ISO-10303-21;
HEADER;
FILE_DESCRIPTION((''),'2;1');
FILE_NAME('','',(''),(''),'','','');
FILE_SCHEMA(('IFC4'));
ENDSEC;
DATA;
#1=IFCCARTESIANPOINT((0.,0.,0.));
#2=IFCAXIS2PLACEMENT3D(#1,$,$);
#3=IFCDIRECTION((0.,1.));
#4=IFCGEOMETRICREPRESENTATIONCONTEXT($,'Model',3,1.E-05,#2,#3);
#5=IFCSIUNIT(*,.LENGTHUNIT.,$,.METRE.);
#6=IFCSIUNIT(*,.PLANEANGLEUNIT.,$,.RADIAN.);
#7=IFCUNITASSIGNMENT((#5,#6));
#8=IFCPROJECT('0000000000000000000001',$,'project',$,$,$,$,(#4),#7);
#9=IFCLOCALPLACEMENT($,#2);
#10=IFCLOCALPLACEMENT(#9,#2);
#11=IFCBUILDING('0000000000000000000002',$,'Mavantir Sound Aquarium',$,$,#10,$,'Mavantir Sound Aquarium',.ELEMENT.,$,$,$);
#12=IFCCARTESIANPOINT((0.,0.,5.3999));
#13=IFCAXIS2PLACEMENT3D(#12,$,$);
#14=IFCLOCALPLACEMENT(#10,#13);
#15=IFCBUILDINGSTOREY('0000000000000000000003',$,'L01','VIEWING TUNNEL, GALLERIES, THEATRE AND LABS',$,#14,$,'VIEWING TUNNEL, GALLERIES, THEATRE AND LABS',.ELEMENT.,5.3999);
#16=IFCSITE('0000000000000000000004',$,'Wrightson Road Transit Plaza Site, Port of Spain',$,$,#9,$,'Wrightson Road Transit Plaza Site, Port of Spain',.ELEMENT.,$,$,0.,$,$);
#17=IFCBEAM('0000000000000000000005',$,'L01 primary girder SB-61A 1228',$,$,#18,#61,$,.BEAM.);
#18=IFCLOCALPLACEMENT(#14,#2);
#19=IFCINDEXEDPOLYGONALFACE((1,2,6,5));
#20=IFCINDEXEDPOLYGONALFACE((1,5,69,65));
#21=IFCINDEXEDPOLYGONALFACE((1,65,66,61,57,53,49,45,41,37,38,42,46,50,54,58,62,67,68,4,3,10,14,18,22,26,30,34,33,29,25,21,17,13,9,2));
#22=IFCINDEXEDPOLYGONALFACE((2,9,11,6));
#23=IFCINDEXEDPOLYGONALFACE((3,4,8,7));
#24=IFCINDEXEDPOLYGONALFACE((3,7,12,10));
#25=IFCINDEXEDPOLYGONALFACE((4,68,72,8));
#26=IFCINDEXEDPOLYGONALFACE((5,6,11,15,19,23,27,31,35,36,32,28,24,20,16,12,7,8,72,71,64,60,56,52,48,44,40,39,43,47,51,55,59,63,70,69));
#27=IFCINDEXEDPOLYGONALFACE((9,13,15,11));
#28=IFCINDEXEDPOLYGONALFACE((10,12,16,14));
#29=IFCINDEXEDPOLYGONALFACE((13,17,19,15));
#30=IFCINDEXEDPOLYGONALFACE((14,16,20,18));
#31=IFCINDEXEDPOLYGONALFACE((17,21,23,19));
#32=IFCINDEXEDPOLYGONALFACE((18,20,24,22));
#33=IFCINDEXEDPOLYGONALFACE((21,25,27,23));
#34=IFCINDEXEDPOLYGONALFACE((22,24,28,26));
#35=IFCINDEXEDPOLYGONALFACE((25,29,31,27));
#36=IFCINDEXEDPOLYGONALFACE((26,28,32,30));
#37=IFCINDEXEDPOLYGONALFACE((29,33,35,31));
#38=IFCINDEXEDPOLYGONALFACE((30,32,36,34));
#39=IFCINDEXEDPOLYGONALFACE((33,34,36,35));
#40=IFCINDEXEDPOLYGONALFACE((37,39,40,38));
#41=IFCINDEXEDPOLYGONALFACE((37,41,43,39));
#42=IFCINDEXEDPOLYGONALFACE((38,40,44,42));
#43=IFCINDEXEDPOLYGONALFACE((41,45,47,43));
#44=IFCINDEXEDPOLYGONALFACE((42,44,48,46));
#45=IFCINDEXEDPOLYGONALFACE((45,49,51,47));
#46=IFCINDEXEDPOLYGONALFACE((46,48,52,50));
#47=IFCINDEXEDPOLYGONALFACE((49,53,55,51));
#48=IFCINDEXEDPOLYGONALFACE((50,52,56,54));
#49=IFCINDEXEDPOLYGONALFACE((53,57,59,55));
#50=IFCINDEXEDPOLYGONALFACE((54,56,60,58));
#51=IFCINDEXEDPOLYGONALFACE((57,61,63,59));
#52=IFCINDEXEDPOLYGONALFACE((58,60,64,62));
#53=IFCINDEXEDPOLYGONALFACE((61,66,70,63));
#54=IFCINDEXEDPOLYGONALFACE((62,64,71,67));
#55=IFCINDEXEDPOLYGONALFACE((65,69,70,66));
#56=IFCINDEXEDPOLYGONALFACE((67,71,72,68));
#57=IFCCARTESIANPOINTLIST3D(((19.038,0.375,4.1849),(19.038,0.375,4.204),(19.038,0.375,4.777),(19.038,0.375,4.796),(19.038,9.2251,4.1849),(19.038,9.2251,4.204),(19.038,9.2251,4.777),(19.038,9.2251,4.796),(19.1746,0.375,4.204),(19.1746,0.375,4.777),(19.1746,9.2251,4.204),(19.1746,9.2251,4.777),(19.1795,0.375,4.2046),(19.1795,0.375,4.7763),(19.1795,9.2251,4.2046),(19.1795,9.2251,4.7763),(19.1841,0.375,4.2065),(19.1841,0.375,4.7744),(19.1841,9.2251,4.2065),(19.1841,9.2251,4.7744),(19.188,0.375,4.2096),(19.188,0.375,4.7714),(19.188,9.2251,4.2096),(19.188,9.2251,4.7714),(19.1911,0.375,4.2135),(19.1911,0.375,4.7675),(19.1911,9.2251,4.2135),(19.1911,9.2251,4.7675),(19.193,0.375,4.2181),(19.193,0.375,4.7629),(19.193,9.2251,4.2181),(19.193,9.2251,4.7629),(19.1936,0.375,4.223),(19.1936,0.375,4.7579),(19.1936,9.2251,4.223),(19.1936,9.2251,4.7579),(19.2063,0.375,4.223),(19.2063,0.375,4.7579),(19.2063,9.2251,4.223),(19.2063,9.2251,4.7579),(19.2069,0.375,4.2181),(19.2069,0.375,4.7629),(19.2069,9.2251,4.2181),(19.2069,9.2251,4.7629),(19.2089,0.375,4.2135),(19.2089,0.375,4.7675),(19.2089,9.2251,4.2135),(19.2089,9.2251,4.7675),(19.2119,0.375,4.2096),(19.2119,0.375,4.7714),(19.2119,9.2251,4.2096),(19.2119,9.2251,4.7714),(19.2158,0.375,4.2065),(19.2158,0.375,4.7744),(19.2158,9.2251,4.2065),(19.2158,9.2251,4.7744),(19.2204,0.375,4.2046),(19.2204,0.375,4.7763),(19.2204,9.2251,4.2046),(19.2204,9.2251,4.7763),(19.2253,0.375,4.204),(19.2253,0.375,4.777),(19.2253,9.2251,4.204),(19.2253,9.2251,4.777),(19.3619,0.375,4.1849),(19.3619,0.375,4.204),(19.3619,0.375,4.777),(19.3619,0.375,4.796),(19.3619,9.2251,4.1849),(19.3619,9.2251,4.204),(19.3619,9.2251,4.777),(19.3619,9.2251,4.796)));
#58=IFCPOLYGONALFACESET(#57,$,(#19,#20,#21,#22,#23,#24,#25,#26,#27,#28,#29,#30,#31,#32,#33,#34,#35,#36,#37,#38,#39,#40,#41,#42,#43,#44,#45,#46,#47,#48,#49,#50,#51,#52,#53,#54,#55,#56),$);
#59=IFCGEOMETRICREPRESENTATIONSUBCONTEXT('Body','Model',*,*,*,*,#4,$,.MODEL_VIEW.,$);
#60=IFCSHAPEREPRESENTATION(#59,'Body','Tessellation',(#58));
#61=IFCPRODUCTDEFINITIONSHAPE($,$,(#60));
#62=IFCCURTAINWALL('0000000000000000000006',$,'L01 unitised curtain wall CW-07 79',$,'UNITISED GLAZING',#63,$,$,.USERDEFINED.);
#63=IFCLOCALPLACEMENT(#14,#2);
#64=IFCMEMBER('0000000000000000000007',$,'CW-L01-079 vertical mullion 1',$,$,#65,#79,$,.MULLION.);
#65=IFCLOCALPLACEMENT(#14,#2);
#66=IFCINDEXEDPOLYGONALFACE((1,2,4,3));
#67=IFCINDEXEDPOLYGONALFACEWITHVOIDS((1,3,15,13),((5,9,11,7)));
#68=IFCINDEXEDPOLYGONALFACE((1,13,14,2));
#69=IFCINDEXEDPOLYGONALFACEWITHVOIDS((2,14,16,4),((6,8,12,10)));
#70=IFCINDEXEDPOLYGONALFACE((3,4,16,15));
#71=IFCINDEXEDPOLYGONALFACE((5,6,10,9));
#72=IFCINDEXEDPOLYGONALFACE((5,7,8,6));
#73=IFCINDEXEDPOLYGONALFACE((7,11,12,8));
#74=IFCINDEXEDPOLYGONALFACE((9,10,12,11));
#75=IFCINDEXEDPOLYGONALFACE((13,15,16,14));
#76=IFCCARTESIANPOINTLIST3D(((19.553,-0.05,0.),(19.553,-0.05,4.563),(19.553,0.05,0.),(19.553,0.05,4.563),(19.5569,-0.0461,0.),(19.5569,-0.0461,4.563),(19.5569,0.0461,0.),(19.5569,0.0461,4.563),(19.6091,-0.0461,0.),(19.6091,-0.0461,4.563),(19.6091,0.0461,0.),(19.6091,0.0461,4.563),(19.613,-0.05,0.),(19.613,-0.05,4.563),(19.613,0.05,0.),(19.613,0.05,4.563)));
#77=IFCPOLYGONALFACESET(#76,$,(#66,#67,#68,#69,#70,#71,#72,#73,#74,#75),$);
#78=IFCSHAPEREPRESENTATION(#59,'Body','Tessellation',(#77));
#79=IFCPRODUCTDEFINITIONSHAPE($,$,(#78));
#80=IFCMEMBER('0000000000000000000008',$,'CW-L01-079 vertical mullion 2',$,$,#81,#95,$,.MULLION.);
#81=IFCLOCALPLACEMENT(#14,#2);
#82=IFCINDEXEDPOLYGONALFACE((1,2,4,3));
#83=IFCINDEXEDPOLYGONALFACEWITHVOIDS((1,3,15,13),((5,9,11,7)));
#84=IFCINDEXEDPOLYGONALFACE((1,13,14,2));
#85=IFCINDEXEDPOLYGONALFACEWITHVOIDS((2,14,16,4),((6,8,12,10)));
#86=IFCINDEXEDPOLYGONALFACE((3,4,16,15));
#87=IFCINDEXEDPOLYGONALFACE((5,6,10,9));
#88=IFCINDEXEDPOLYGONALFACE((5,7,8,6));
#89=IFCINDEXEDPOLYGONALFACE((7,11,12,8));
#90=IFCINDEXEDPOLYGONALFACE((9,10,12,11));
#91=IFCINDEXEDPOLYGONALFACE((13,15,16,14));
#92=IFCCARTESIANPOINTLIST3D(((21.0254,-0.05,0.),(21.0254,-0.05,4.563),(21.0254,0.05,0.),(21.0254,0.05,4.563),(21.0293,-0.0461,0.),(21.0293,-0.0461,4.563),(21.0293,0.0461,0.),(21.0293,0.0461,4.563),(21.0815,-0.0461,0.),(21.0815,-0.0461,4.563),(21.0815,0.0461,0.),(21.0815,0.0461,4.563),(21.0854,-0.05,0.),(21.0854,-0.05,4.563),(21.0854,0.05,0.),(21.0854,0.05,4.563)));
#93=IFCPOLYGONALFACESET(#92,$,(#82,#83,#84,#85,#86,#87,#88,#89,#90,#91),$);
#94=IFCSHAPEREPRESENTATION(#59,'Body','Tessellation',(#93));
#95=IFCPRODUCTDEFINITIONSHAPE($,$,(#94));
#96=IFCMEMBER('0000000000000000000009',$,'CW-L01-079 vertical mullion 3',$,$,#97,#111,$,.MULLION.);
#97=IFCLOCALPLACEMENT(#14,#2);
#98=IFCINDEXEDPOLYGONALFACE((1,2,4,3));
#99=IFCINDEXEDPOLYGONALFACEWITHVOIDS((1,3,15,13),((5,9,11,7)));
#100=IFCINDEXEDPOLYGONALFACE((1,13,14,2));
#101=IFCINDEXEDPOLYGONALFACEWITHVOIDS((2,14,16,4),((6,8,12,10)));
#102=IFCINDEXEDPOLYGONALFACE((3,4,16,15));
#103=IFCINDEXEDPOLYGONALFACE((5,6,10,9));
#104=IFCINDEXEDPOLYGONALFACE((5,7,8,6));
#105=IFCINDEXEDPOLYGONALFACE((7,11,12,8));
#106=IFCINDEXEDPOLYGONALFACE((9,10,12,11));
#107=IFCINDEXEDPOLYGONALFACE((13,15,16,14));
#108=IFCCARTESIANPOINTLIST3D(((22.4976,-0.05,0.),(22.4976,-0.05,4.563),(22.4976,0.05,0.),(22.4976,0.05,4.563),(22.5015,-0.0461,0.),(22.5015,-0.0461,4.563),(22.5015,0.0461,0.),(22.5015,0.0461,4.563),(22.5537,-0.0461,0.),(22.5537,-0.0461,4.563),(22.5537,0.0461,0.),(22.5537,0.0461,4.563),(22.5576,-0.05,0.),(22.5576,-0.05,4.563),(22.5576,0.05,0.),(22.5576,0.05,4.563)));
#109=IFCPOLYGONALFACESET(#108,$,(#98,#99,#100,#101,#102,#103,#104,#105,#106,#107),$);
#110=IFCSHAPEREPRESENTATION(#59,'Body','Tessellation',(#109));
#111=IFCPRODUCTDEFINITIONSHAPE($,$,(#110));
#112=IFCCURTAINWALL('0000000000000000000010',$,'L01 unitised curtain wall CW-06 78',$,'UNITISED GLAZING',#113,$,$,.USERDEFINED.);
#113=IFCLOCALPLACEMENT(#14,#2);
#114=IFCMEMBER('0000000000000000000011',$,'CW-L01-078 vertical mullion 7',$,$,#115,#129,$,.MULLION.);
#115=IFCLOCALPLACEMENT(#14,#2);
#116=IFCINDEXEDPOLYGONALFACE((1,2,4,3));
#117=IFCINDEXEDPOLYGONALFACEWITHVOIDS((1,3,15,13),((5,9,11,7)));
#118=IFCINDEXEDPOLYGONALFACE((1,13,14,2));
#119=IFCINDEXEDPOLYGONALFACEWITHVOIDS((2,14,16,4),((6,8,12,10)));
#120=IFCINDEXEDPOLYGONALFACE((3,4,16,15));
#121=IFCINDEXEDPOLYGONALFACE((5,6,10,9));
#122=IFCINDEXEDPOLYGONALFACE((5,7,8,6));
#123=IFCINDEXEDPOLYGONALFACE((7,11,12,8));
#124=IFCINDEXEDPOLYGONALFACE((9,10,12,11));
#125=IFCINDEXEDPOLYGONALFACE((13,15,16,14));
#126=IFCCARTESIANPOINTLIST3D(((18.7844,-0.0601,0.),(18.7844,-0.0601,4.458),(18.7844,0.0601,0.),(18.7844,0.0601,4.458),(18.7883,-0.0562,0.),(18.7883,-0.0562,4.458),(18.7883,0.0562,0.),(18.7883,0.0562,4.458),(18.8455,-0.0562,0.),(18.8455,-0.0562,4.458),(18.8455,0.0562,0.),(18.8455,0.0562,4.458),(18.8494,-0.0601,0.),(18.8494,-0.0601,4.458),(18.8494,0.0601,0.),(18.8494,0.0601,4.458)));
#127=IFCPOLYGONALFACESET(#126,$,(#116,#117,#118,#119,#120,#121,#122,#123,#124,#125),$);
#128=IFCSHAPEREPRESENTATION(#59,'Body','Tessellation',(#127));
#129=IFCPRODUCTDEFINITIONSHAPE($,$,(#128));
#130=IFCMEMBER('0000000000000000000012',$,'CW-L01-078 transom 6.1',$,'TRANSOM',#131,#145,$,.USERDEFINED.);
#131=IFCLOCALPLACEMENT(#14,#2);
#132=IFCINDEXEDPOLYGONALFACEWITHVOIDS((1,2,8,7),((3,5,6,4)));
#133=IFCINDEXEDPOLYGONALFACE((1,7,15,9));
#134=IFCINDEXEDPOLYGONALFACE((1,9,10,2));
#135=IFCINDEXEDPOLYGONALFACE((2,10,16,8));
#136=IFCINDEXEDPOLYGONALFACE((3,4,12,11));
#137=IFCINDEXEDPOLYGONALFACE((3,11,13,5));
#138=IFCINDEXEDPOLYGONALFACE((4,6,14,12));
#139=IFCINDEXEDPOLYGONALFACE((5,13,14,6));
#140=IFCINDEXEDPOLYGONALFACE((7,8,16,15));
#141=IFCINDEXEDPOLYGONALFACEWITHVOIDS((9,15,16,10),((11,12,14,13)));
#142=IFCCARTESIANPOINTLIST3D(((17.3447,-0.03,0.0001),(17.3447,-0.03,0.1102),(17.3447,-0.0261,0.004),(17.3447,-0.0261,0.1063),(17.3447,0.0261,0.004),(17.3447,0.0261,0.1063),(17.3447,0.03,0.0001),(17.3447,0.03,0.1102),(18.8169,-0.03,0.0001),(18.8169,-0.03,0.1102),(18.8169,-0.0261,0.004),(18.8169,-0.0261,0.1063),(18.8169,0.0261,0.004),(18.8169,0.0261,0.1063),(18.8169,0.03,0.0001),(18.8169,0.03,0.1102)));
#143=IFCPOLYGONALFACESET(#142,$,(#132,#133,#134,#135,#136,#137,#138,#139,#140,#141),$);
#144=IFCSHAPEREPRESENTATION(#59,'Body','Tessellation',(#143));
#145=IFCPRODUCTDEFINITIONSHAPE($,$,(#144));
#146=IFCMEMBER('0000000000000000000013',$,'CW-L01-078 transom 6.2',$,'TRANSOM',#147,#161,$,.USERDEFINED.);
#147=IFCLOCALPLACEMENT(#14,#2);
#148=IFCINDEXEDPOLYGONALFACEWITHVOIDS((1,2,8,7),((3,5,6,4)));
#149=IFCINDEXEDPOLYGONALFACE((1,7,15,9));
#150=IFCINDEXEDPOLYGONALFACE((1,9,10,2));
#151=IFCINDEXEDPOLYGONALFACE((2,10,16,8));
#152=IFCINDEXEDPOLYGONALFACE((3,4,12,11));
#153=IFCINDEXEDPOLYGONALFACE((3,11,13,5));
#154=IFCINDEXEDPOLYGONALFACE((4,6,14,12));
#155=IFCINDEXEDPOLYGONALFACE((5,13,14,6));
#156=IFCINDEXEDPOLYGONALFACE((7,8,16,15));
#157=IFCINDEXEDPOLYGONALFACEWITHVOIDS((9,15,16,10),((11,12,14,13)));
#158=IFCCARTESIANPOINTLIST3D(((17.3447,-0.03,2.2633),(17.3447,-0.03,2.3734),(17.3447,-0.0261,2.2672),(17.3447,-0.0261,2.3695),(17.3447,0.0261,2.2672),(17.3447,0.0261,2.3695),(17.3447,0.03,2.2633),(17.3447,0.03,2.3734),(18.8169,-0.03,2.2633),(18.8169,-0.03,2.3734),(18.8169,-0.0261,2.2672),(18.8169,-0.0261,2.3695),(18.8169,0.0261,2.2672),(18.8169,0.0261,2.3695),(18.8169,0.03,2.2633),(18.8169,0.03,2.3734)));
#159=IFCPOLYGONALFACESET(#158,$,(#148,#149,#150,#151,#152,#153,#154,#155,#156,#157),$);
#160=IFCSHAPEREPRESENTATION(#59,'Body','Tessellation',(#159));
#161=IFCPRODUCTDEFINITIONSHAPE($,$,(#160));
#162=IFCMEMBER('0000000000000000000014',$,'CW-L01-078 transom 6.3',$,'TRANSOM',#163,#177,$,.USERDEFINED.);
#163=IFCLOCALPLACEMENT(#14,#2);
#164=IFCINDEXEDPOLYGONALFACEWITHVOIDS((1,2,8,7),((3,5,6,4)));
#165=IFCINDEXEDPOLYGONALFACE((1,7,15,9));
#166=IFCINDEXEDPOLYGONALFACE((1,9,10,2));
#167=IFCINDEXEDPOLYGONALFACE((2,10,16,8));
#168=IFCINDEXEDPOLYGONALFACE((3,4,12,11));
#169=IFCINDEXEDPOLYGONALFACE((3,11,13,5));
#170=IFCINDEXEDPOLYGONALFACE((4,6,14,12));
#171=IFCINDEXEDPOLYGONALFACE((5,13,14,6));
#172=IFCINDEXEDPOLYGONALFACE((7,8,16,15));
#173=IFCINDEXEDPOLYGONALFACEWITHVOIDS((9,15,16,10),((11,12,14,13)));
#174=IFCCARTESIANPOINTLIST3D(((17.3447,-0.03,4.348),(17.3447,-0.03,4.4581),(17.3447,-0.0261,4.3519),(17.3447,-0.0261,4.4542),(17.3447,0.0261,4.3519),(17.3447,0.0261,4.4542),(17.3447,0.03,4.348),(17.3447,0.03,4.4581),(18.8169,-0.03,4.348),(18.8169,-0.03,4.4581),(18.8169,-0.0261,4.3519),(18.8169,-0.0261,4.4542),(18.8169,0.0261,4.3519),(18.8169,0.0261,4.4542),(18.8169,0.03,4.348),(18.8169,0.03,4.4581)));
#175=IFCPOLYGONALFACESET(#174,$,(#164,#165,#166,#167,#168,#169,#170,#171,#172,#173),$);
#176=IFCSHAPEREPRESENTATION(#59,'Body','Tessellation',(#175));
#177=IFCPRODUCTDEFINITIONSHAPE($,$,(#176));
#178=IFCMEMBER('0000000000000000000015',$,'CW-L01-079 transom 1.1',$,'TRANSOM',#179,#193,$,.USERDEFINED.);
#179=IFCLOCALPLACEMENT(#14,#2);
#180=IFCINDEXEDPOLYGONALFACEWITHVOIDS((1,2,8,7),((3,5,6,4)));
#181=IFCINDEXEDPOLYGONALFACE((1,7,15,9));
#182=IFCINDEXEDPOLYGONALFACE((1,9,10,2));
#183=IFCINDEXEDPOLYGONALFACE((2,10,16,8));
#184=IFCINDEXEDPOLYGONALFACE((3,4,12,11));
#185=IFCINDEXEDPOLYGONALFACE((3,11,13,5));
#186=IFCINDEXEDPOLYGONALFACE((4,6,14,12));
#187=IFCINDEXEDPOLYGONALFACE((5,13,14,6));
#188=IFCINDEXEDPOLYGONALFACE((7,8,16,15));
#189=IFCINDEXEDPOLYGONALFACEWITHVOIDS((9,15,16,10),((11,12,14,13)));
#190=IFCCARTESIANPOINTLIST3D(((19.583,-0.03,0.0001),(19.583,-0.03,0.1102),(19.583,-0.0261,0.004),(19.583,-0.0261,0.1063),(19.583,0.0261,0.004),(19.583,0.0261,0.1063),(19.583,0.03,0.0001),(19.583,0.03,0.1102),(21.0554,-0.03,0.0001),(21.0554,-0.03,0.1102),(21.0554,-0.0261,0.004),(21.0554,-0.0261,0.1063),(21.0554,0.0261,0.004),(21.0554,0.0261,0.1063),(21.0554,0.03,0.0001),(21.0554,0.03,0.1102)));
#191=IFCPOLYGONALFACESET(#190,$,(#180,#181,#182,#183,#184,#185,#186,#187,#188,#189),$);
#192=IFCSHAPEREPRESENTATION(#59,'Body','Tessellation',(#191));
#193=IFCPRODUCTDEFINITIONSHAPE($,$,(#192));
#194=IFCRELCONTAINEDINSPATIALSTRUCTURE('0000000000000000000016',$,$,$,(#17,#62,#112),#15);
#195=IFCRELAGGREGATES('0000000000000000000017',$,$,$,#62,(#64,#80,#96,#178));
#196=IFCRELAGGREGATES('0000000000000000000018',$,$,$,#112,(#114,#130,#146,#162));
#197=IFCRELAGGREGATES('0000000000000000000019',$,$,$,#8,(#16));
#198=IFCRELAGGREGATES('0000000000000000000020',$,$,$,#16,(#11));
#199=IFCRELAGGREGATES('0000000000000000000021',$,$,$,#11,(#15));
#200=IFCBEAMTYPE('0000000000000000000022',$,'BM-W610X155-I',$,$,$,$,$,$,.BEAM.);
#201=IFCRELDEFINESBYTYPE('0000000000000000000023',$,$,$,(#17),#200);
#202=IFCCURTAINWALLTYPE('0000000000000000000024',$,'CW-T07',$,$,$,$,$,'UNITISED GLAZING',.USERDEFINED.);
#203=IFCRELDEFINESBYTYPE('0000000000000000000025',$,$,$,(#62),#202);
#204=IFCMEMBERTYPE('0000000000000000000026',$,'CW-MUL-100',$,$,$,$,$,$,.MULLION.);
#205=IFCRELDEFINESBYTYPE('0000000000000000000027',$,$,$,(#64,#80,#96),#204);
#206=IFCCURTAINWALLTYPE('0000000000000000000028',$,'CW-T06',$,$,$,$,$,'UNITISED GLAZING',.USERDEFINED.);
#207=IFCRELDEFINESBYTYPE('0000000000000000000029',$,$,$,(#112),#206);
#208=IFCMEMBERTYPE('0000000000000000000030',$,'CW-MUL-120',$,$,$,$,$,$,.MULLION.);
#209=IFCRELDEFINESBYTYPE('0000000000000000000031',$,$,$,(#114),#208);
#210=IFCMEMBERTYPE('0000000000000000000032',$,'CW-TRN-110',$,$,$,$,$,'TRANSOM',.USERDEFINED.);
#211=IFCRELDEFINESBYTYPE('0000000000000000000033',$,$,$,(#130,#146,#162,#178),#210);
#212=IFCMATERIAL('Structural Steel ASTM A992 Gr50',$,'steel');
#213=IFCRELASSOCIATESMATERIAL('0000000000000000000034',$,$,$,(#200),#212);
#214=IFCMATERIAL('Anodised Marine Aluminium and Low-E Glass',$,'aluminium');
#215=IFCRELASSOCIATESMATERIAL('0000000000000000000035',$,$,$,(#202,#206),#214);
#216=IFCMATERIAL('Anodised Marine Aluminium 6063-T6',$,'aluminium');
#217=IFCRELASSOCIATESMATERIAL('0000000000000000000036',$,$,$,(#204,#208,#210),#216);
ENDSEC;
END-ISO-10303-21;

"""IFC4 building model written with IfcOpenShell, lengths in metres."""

from ifc_helpers import new_model, si_unit, direction, frame, origin, origin_2d, place, context, subcontext, project, spatial, hollow_rectangle, i_section, extrude, material, material_profile, profile_set, type_object, element, aggregate, save


model = new_model("IFC4")

# Units and contexts
model_context = context("Model", 3, precision=1e-05, world=origin(), true_north=direction((0.0, 1.0)))
body_context = subcontext(model_context, "Body", "Model", "MODEL_VIEW")
ifc_project = project(units=[si_unit("LENGTHUNIT", "METRE"), si_unit("PLANEANGLEUNIT", "RADIAN")], contexts=[model_context])

# Site, building, storey
site_placement = place(None, origin())
site = spatial("IfcSite", under=ifc_project, at=site_placement, Name="Wrightson Road Transit Plaza Site, Port of Spain", LongName="Wrightson Road Transit Plaza Site, Port of Spain", CompositionType="ELEMENT", RefElevation=0.0)
building_placement = place(site_placement, origin())
building = spatial("IfcBuilding", under=site, at=building_placement, Name="Mavantir Sound Aquarium", LongName="Mavantir Sound Aquarium", CompositionType="ELEMENT")
storey_placement = place(building_placement, frame((0.0, 0.0, 5.3999)))
storey = spatial("IfcBuildingStorey", under=building, at=storey_placement, Name="L01", Description="VIEWING TUNNEL, GALLERIES, THEATRE AND LABS", LongName="VIEWING TUNNEL, GALLERIES, THEATRE AND LABS", CompositionType="ELEMENT", Elevation=5.3999)

# Beam
ifc_material_1 = material(Name="Structural Steel ASTM A992 Gr50", Category="steel")
ifc_material_profile_1 = material_profile(ifc_material_1, i_section(OverallWidth=0.324, OverallDepth=0.6111, WebThickness=0.0127, FlangeThickness=0.019, FilletRadius=0.019, at=origin_2d()), Name="W610X155")
ifc_profile_set_1 = profile_set([ifc_material_profile_1], Name="Structural Steel ASTM A992 Gr50")
beam_type_1 = type_object("IfcBeamType", Name="BM-W610X155-I", PredefinedType="BEAM", material=ifc_profile_set_1)
beam_1_placement = place(storey_placement, frame((19.2, 0.375, 4.4905), z_axis=(0.0, 1.0, 0.0), x_axis=(-1.0, 0.0, 0.0)))
element("IfcBeam", 1, at=beam_1_placement, inside=storey, type_object=beam_type_1, Name="L01 primary girder SB-61A 1228", PredefinedType="BEAM", context=body_context, shape_type="SweptSolid", body=[
    extrude(i_section(OverallWidth=0.324, OverallDepth=0.6111, WebThickness=0.0127, FlangeThickness=0.019, FilletRadius=0.019, at=origin_2d()), origin(), (0.0, 0.0, 1.0), 8.8501),
])

# Curtain walls, members
ifc_material_2 = material(Name="Anodised Marine Aluminium and Low-E Glass", Category="aluminium")
curtain_wall_type_1 = type_object("IfcCurtainWallType", Name="CW-T07", ElementType="UNITISED GLAZING", PredefinedType="USERDEFINED", material=ifc_material_2)
curtain_wall_1_placement = place(storey_placement, origin())
curtain_wall_1 = element("IfcCurtainWall", 2, at=curtain_wall_1_placement, inside=storey, type_object=curtain_wall_type_1, Name="L01 unitised curtain wall CW-07 79", ObjectType="UNITISED GLAZING", PredefinedType="USERDEFINED")
ifc_material_3 = material(Name="Anodised Marine Aluminium 6063-T6", Category="aluminium")
ifc_material_profile_2 = material_profile(ifc_material_3, hollow_rectangle(XDim=0.0601, YDim=0.1001, WallThickness=0.0039, at=origin_2d()), Name="ALU-MULLION-100X60")
ifc_profile_set_2 = profile_set([ifc_material_profile_2], Name="Anodised Marine Aluminium 6063-T6")
member_type_1 = type_object("IfcMemberType", Name="CW-MUL-100", PredefinedType="MULLION", material=ifc_profile_set_2)
member_1_placement = place(storey_placement, frame((19.583, 0.0, 0.0), z_axis=(0.0, 0.0, 1.0), x_axis=(1.0, 0.0, 0.0)))
member_1 = element("IfcMember", 3, at=member_1_placement, type_object=member_type_1, Name="CW-L01-079 vertical mullion 1", PredefinedType="MULLION", context=body_context, shape_type="SweptSolid", body=[
    extrude(hollow_rectangle(XDim=0.0601, YDim=0.1001, WallThickness=0.0039, at=origin_2d()), origin(), (0.0, 0.0, 1.0), 4.563),
])
member_2_placement = place(storey_placement, frame((21.0554, 0.0, 0.0), z_axis=(0.0, 0.0, 1.0), x_axis=(1.0, 0.0, 0.0)))
member_2 = element("IfcMember", 4, at=member_2_placement, type_object=member_type_1, Name="CW-L01-079 vertical mullion 2", PredefinedType="MULLION", context=body_context, shape_type="SweptSolid", body=[
    extrude(hollow_rectangle(XDim=0.0601, YDim=0.1001, WallThickness=0.0039, at=origin_2d()), origin(), (0.0, 0.0, 1.0), 4.563),
])
member_3_placement = place(storey_placement, frame((22.5276, 0.0, 0.0), z_axis=(0.0, 0.0, 1.0), x_axis=(1.0, 0.0, 0.0)))
member_3 = element("IfcMember", 5, at=member_3_placement, type_object=member_type_1, Name="CW-L01-079 vertical mullion 3", PredefinedType="MULLION", context=body_context, shape_type="SweptSolid", body=[
    extrude(hollow_rectangle(XDim=0.0601, YDim=0.1001, WallThickness=0.0039, at=origin_2d()), origin(), (0.0, 0.0, 1.0), 4.563),
])
curtain_wall_type_2 = type_object("IfcCurtainWallType", Name="CW-T06", ElementType="UNITISED GLAZING", PredefinedType="USERDEFINED", material=ifc_material_2)
curtain_wall_2_placement = place(storey_placement, origin())
curtain_wall_2 = element("IfcCurtainWall", 6, at=curtain_wall_2_placement, inside=storey, type_object=curtain_wall_type_2, Name="L01 unitised curtain wall CW-06 78", ObjectType="UNITISED GLAZING", PredefinedType="USERDEFINED")
ifc_material_profile_3 = material_profile(ifc_material_3, hollow_rectangle(XDim=0.0649, YDim=0.1201, WallThickness=0.0039, at=origin_2d()), Name="ALU-MULLION-120X65")
ifc_profile_set_3 = profile_set([ifc_material_profile_3], Name="Anodised Marine Aluminium 6063-T6")
member_type_2 = type_object("IfcMemberType", Name="CW-MUL-120", PredefinedType="MULLION", material=ifc_profile_set_3)
member_4_placement = place(storey_placement, frame((18.8169, 0.0, 0.0), z_axis=(0.0, 0.0, 1.0), x_axis=(1.0, 0.0, 0.0)))
member_4 = element("IfcMember", 7, at=member_4_placement, type_object=member_type_2, Name="CW-L01-078 vertical mullion 7", PredefinedType="MULLION", context=body_context, shape_type="SweptSolid", body=[
    extrude(hollow_rectangle(XDim=0.0649, YDim=0.1201, WallThickness=0.0039, at=origin_2d()), origin(), (0.0, 0.0, 1.0), 4.458),
])
ifc_material_profile_4 = material_profile(ifc_material_3, hollow_rectangle(XDim=0.0601, YDim=0.1101, WallThickness=0.0039, at=origin_2d()), Name="ALU-TRANSOM-110X60")
ifc_profile_set_4 = profile_set([ifc_material_profile_4], Name="Anodised Marine Aluminium 6063-T6")
member_type_3 = type_object("IfcMemberType", Name="CW-TRN-110", ElementType="TRANSOM", PredefinedType="USERDEFINED", material=ifc_profile_set_4)
member_5_placement = place(storey_placement, frame((17.3447, 0.0, 0.0552), z_axis=(1.0, 0.0, 0.0), x_axis=(0.0, 1.0, 0.0)))
member_5 = element("IfcMember", 8, at=member_5_placement, type_object=member_type_3, Name="CW-L01-078 transom 6.1", ObjectType="TRANSOM", PredefinedType="USERDEFINED", context=body_context, shape_type="SweptSolid", body=[
    extrude(hollow_rectangle(XDim=0.0601, YDim=0.1101, WallThickness=0.0039, at=origin_2d()), origin(), (0.0, 0.0, 1.0), 1.4722),
])
member_6_placement = place(storey_placement, frame((17.3447, 0.0, 2.3184), z_axis=(1.0, 0.0, 0.0), x_axis=(0.0, 1.0, 0.0)))
member_6 = element("IfcMember", 9, at=member_6_placement, type_object=member_type_3, Name="CW-L01-078 transom 6.2", ObjectType="TRANSOM", PredefinedType="USERDEFINED", context=body_context, shape_type="SweptSolid", body=[
    extrude(hollow_rectangle(XDim=0.0601, YDim=0.1101, WallThickness=0.0039, at=origin_2d()), origin(), (0.0, 0.0, 1.0), 1.4722),
])
member_7_placement = place(storey_placement, frame((17.3447, 0.0, 4.4031), z_axis=(1.0, 0.0, 0.0), x_axis=(0.0, 1.0, 0.0)))
member_7 = element("IfcMember", 10, at=member_7_placement, type_object=member_type_3, Name="CW-L01-078 transom 6.3", ObjectType="TRANSOM", PredefinedType="USERDEFINED", context=body_context, shape_type="SweptSolid", body=[
    extrude(hollow_rectangle(XDim=0.0601, YDim=0.1101, WallThickness=0.0039, at=origin_2d()), origin(), (0.0, 0.0, 1.0), 1.4722),
])

# Member
member_8_placement = place(storey_placement, frame((19.583, 0.0, 0.0552), z_axis=(1.0, 0.0, 0.0), x_axis=(0.0, 1.0, 0.0)))
member_8 = element("IfcMember", 11, at=member_8_placement, type_object=member_type_3, Name="CW-L01-079 transom 1.1", ObjectType="TRANSOM", PredefinedType="USERDEFINED", context=body_context, shape_type="SweptSolid", body=[
    extrude(hollow_rectangle(XDim=0.0601, YDim=0.1101, WallThickness=0.0039, at=origin_2d()), origin(), (0.0, 0.0, 1.0), 1.4724),
])

aggregate(curtain_wall_1, [member_1, member_2, member_3, member_8])
aggregate(curtain_wall_2, [member_4, member_5, member_6, member_7])

save(model, "model.ifc")
